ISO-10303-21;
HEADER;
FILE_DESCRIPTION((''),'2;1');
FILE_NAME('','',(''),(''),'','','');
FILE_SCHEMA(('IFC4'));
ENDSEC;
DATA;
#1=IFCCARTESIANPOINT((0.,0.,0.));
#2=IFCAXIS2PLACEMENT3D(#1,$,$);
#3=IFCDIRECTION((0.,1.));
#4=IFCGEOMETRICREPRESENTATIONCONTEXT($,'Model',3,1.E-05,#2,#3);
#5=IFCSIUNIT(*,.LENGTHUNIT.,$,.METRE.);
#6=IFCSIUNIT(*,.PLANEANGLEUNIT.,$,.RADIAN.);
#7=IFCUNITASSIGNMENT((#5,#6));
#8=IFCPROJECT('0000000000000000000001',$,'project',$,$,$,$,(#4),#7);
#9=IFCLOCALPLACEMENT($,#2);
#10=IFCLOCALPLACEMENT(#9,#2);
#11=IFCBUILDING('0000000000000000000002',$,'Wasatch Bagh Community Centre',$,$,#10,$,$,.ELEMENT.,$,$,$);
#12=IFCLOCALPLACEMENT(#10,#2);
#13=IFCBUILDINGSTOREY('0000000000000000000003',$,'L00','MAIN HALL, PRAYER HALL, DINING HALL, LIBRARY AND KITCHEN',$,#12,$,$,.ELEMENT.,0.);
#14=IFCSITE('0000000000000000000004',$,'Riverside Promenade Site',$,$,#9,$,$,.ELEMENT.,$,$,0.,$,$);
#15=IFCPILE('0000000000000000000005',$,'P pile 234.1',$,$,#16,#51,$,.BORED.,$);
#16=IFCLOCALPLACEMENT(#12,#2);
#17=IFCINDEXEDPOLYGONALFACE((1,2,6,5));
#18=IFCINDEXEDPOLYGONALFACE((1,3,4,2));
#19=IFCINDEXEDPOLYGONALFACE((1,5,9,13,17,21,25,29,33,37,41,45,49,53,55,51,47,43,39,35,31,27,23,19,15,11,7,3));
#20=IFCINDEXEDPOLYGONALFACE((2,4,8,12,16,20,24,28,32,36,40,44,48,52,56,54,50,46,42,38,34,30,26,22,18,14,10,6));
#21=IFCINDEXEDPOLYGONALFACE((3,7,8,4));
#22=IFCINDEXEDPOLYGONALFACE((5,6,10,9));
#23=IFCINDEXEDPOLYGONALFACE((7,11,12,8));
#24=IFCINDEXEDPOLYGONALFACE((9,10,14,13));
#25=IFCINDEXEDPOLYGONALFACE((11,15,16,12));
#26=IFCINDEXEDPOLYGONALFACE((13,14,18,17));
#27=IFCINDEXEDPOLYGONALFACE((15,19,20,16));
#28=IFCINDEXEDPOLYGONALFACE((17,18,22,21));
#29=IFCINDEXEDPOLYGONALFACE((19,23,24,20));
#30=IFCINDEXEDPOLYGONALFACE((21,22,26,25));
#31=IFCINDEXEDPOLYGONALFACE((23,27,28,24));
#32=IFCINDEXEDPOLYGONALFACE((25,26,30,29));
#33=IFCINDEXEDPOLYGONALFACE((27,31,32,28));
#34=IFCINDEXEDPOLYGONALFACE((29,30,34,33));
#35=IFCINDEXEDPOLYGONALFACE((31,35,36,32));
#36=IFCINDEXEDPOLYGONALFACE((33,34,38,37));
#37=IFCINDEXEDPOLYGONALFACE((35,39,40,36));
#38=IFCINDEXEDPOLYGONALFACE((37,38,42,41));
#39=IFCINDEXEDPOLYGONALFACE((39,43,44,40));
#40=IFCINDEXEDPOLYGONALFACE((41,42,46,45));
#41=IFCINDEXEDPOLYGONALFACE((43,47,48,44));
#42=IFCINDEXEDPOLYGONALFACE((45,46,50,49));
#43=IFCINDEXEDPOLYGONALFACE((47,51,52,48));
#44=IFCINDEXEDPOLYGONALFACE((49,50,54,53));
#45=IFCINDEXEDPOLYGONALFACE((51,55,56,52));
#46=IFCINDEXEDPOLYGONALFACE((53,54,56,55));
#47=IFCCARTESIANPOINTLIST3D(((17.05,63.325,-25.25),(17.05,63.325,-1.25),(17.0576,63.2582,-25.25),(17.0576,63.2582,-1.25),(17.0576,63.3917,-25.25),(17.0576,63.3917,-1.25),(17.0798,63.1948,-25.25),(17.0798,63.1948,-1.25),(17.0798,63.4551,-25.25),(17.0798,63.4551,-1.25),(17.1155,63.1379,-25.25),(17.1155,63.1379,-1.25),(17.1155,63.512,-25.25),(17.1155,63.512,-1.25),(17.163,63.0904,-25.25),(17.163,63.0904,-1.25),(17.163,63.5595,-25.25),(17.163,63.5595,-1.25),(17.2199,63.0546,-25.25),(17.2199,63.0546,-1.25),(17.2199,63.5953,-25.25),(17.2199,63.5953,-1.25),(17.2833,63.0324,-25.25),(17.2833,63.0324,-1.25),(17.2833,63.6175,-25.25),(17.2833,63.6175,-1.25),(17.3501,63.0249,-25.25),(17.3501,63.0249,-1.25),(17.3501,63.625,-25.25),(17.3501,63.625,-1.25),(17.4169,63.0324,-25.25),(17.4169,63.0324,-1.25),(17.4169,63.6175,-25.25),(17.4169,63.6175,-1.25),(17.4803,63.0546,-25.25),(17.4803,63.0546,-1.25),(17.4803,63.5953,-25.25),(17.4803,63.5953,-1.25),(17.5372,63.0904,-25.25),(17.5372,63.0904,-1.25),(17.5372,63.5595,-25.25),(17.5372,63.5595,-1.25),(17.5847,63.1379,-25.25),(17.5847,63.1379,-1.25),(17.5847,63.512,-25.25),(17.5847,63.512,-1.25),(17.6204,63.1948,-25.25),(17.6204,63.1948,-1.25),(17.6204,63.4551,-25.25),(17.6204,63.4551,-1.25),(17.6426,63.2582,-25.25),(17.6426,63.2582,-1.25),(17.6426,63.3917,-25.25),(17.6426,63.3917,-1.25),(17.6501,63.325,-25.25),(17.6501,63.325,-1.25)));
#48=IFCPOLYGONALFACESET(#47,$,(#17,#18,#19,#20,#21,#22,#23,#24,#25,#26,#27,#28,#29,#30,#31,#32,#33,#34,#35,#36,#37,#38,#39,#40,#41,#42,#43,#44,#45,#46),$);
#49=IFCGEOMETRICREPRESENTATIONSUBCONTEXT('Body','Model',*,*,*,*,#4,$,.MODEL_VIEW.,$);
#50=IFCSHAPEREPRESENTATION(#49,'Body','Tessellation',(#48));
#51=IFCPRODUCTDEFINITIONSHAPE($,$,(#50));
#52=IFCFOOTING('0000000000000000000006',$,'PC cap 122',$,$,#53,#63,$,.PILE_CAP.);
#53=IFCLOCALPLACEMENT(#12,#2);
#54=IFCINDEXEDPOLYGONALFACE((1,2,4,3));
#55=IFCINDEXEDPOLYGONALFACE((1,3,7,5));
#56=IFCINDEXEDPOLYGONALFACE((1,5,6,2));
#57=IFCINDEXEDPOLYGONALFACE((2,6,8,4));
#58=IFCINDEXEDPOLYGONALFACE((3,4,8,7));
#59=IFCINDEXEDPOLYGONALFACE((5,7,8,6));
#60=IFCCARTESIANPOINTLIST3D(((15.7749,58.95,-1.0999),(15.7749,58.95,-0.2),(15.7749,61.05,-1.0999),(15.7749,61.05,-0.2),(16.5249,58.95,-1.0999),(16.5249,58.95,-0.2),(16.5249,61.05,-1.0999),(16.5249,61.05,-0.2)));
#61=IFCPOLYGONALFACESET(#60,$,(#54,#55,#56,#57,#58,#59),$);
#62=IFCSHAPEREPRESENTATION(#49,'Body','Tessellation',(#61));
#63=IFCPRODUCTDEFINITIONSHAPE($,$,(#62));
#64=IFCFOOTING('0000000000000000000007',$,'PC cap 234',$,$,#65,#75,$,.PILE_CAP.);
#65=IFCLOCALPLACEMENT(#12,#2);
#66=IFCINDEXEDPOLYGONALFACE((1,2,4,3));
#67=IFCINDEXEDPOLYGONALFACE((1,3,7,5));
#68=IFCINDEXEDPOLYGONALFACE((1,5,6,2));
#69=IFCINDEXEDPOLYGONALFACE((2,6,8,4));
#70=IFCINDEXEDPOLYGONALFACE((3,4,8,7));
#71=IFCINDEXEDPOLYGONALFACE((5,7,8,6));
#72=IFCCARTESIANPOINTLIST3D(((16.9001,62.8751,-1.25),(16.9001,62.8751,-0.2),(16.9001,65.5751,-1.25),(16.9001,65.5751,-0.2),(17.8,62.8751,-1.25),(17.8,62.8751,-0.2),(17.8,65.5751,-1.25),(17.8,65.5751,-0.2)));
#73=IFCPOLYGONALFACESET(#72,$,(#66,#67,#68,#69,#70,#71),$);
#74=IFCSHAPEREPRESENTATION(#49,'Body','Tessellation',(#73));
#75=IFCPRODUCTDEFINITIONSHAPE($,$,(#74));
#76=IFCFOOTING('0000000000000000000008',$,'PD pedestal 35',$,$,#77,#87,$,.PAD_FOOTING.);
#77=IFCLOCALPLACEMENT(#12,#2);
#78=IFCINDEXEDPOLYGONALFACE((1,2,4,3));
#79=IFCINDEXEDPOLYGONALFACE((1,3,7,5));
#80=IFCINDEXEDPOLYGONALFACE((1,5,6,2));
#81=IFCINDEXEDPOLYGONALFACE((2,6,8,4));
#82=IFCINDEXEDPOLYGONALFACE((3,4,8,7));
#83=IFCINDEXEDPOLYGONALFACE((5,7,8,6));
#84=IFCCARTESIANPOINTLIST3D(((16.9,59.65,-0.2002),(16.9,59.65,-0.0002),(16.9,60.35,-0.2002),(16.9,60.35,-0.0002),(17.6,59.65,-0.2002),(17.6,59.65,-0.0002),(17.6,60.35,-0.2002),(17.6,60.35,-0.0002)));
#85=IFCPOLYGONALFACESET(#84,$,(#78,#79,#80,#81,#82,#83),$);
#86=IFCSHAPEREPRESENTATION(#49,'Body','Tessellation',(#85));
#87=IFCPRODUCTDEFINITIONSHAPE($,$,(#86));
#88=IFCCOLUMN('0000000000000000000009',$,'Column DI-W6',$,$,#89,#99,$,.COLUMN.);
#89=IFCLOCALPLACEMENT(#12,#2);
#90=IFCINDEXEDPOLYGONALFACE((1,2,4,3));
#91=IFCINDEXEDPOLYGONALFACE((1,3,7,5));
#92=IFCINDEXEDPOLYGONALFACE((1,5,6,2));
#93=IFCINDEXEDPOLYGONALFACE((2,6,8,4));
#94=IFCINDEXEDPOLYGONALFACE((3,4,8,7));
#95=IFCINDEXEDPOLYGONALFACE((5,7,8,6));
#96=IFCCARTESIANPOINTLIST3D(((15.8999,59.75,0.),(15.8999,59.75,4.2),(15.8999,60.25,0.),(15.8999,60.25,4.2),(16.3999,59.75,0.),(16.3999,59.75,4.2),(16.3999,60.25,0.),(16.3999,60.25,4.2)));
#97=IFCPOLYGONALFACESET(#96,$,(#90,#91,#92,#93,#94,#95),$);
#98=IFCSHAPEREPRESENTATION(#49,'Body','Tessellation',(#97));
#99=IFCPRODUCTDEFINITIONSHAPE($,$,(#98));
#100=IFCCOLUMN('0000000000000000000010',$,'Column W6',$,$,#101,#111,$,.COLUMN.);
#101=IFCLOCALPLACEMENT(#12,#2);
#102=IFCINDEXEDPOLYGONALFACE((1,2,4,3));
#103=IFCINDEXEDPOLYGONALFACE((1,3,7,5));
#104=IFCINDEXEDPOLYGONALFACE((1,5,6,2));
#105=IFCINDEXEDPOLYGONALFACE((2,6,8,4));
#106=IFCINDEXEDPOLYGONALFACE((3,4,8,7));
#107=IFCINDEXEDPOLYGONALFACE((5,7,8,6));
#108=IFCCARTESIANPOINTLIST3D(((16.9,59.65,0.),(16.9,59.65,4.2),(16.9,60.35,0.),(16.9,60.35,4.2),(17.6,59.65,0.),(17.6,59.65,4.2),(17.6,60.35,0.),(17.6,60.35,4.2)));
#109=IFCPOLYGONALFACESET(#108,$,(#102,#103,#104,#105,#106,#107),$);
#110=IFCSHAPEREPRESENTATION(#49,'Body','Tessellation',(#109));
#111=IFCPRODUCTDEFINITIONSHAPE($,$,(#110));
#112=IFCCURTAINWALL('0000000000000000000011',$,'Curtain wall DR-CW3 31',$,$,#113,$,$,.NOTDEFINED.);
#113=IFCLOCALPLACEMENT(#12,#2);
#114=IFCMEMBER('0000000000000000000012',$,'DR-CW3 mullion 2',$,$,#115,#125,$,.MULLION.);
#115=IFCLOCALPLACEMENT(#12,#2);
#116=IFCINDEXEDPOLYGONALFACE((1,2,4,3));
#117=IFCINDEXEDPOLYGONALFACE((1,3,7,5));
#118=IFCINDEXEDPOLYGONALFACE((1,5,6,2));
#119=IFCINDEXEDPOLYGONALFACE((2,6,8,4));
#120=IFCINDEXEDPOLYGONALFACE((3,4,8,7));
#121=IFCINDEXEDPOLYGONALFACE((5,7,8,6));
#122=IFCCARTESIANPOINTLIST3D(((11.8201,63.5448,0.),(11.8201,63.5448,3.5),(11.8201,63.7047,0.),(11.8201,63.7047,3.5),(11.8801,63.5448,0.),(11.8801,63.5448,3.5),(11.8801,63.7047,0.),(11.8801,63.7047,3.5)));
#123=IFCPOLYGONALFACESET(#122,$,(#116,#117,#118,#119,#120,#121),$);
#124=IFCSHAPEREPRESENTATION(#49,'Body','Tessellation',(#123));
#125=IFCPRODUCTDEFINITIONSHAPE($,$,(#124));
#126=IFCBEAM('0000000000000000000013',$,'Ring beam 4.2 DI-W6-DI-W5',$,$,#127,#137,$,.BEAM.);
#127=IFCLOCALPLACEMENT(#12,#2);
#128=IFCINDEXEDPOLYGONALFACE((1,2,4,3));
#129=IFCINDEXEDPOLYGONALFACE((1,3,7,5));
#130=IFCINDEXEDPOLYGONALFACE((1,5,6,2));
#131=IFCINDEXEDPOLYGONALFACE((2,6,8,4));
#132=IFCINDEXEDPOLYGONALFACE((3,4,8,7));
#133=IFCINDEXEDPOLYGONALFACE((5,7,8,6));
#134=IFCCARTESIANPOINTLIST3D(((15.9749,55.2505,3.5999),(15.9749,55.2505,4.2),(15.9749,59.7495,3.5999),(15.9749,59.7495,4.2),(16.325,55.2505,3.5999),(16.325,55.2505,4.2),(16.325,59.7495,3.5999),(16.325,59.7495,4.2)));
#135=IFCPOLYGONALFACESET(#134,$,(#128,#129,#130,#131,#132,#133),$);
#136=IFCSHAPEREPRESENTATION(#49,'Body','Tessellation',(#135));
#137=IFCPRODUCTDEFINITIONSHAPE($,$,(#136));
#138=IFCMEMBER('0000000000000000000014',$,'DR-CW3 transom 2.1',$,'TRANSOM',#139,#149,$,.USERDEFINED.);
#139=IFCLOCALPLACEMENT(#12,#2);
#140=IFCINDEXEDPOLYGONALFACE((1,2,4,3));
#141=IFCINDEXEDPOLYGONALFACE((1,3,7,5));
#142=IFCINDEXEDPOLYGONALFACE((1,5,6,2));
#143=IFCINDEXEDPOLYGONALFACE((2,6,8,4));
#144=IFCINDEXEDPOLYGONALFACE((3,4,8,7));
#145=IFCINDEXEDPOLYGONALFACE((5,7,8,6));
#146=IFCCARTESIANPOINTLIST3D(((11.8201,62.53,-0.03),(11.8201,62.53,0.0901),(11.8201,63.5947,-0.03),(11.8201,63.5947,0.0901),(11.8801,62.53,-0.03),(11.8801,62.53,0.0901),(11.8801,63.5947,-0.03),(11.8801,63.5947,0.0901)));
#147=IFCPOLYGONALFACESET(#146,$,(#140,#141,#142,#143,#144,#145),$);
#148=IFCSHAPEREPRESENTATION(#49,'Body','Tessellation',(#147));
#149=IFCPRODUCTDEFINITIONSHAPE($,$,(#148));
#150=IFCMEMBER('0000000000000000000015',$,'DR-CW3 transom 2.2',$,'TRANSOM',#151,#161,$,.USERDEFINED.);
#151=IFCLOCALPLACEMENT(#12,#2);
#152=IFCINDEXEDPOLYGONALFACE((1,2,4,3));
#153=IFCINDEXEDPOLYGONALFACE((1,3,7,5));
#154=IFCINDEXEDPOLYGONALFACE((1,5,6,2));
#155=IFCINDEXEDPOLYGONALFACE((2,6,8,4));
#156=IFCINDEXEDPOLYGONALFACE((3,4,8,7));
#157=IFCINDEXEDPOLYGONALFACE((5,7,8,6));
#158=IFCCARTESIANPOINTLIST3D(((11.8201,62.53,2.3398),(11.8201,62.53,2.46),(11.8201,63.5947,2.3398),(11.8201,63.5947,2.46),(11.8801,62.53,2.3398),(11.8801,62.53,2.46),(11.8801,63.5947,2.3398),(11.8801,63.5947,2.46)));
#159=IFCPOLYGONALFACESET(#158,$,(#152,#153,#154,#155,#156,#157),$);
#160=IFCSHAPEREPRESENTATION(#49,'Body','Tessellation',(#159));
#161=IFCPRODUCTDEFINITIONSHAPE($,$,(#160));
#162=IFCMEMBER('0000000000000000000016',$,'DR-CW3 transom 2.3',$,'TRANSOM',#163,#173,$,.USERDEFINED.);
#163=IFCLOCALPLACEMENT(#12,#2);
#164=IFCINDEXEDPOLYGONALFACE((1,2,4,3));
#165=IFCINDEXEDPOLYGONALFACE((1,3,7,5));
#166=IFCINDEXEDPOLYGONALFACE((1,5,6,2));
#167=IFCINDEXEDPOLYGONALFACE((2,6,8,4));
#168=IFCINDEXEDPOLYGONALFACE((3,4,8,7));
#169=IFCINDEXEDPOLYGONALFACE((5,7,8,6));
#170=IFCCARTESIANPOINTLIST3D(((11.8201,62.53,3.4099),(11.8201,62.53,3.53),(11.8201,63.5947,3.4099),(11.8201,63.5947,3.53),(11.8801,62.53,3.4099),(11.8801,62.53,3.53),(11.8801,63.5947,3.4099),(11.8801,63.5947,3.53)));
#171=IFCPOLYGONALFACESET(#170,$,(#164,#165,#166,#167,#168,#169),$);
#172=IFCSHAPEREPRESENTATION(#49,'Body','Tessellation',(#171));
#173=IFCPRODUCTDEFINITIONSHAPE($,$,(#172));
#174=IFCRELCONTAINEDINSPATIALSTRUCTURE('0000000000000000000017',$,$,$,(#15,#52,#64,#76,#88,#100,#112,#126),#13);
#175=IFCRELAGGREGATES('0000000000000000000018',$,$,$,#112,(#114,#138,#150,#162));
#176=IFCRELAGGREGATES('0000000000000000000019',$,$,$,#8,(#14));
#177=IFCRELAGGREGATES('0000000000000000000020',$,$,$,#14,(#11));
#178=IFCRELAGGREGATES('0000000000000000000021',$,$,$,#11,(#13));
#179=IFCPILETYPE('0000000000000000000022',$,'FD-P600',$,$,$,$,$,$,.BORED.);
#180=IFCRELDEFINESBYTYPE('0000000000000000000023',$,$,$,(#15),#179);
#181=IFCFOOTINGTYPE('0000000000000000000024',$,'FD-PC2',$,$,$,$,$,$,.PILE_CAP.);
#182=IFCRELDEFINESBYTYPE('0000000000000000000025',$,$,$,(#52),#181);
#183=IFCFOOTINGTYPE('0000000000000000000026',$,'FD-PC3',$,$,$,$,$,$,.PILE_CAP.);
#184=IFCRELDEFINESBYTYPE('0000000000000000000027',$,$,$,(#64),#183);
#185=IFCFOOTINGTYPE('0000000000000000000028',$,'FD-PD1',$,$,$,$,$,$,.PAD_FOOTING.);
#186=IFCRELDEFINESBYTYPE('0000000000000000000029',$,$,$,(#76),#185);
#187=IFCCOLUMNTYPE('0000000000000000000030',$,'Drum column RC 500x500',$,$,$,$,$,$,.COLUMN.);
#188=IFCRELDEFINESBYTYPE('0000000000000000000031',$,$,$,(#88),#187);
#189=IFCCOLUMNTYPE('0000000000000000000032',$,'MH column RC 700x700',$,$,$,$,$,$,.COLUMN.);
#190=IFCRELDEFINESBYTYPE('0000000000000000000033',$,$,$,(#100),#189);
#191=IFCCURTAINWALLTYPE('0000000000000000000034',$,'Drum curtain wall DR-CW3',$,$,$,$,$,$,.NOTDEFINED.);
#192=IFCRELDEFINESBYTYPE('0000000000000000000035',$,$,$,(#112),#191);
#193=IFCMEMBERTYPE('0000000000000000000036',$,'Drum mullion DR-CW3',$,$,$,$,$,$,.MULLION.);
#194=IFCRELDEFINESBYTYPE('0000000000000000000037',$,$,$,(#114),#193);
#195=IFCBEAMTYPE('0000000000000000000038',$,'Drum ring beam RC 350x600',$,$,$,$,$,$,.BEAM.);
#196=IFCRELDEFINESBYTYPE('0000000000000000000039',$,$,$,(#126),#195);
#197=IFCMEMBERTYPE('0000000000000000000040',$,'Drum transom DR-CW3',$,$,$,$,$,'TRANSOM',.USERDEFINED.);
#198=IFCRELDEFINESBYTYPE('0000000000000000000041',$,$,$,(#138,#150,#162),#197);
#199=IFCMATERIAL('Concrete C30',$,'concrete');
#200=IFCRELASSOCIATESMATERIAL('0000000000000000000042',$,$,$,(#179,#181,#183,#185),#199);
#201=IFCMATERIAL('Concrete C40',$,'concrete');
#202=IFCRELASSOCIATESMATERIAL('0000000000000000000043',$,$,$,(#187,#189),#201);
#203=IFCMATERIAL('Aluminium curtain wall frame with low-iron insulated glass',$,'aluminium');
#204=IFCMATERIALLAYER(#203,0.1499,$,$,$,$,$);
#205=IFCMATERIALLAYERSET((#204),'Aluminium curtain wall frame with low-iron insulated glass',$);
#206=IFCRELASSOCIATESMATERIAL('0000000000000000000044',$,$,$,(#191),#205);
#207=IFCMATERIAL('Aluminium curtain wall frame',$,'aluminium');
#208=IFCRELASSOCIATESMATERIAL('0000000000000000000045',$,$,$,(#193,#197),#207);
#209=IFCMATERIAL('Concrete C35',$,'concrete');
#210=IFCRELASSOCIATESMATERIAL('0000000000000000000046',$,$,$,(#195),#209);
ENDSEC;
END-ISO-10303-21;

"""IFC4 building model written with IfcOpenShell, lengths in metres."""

from ifc_helpers import new_model, si_unit, direction, frame, origin, origin_2d, place, context, subcontext, project, spatial, rectangle, circle, extrude, material, layer, layer_set, material_profile, profile_set, type_object, element, aggregate, save


model = new_model("IFC4")

# Units and contexts
model_context = context("Model", 3, precision=1e-05, world=origin(), true_north=direction((0.0, 1.0)))
body_context = subcontext(model_context, "Body", "Model", "MODEL_VIEW")
ifc_project = project(units=[si_unit("LENGTHUNIT", "METRE"), si_unit("PLANEANGLEUNIT", "RADIAN")], contexts=[model_context])

# Site, building, storey
site_placement = place(None, origin())
site = spatial("IfcSite", under=ifc_project, at=site_placement, Name="Riverside Promenade Site", CompositionType="ELEMENT", RefElevation=0.0)
building_placement = place(site_placement, origin())
building = spatial("IfcBuilding", under=site, at=building_placement, Name="Wasatch Bagh Community Centre", CompositionType="ELEMENT")
storey_placement = place(building_placement, origin())
storey = spatial("IfcBuildingStorey", under=building, at=storey_placement, Name="L00", Description="MAIN HALL, PRAYER HALL, DINING HALL, LIBRARY AND KITCHEN", CompositionType="ELEMENT", Elevation=0.0)

# Shared definitions
ifc_material_1 = material(Name="Concrete C35", Category="concrete")

# Pile
ifc_material_2 = material(Name="Concrete C30", Category="concrete")
ifc_material_profile_1 = material_profile(ifc_material_2, circle(Radius=0.3, at=origin_2d()), Name="RC D600")
ifc_profile_set_1 = profile_set([ifc_material_profile_1], Name="Concrete C30")
pile_type_1 = type_object("IfcPileType", Name="FD-P600", PredefinedType="BORED", material=ifc_profile_set_1)
for number, where, z_axis, x_axis, name in (
    (1, (17.3501, 63.325, -1.25), (0.0, 0.0, -1.0), (1.0, 0.0, 0.0), "P pile 234.1"),
):
    element("IfcPile", number, at=place(storey_placement, frame(where, z_axis=z_axis, x_axis=x_axis)), inside=storey, type_object=pile_type_1, Name=name, PredefinedType="BORED", context=body_context, shape_type="SweptSolid", body=[
        extrude(circle(Radius=0.3, at=origin_2d()), origin(), (0.0, 0.0, 1.0), 24.0),
    ])

# Footings
footing_type_1 = type_object("IfcFootingType", Name="FD-PC2", PredefinedType="PILE_CAP", material=ifc_material_2)
footing_1_placement = place(storey_placement, frame((16.1499, 60.0, -1.0999), z_axis=(0.0, 0.0, 1.0), x_axis=(0.0, 1.0, 0.0)))
element("IfcFooting", 2, at=footing_1_placement, inside=storey, type_object=footing_type_1, Name="PC cap 122", PredefinedType="PILE_CAP", context=body_context, shape_type="SweptSolid", body=[
    extrude(rectangle(XDim=2.1001, YDim=0.75, at=origin_2d()), origin(), (0.0, 0.0, 1.0), 0.8999),
])
footing_type_2 = type_object("IfcFootingType", Name="FD-PC3", PredefinedType="PILE_CAP", material=ifc_material_2)
footing_2_placement = place(storey_placement, frame((17.3501, 64.2251, -1.25), z_axis=(0.0, 0.0, 1.0), x_axis=(0.0, 1.0, 0.0)))
element("IfcFooting", 3, at=footing_2_placement, inside=storey, type_object=footing_type_2, Name="PC cap 234", PredefinedType="PILE_CAP", context=body_context, shape_type="SweptSolid", body=[
    extrude(rectangle(XDim=2.7, YDim=0.8999, at=origin_2d()), origin(), (0.0, 0.0, 1.0), 1.05),
])
footing_type_3 = type_object("IfcFootingType", Name="FD-PD1", PredefinedType="PAD_FOOTING", material=ifc_material_2)
footing_3_placement = place(storey_placement, frame((17.25, 60.0, -0.2002), z_axis=(0.0, 0.0, 1.0), x_axis=(1.0, 0.0, 0.0)))
element("IfcFooting", 4, at=footing_3_placement, inside=storey, type_object=footing_type_3, Name="PD pedestal 35", PredefinedType="PAD_FOOTING", context=body_context, shape_type="SweptSolid", body=[
    extrude(rectangle(XDim=0.7, YDim=0.7, at=origin_2d()), origin(), (0.0, 0.0, 1.0), 0.2),
])

# Columns
ifc_material_3 = material(Name="Concrete C40", Category="concrete")
ifc_material_profile_2 = material_profile(ifc_material_3, rectangle(XDim=0.5, YDim=0.5, at=origin_2d()), Name="RC 500x500")
ifc_profile_set_2 = profile_set([ifc_material_profile_2], Name="Concrete C40")
column_type_1 = type_object("IfcColumnType", Name="Drum column RC 500x500", PredefinedType="COLUMN", material=ifc_profile_set_2)
column_1_placement = place(storey_placement, frame((16.1499, 60.0, 0.0), z_axis=(0.0, 0.0, 1.0), x_axis=(1.0, 0.0, 0.0)))
element("IfcColumn", 5, at=column_1_placement, inside=storey, type_object=column_type_1, Name="Column DI-W6", PredefinedType="COLUMN", context=body_context, shape_type="SweptSolid", body=[
    extrude(rectangle(XDim=0.5, YDim=0.5, at=origin_2d()), origin(), (0.0, 0.0, 1.0), 4.2),
])
ifc_material_profile_3 = material_profile(ifc_material_3, rectangle(XDim=0.7, YDim=0.7, at=origin_2d()), Name="RC 700x700")
ifc_profile_set_3 = profile_set([ifc_material_profile_3], Name="Concrete C40")
column_type_2 = type_object("IfcColumnType", Name="MH column RC 700x700", PredefinedType="COLUMN", material=ifc_profile_set_3)
column_2_placement = place(storey_placement, frame((17.25, 60.0, 0.0), z_axis=(0.0, 0.0, 1.0), x_axis=(1.0, 0.0, 0.0)))
element("IfcColumn", 6, at=column_2_placement, inside=storey, type_object=column_type_2, Name="Column W6", PredefinedType="COLUMN", context=body_context, shape_type="SweptSolid", body=[
    extrude(rectangle(XDim=0.7, YDim=0.7, at=origin_2d()), origin(), (0.0, 0.0, 1.0), 4.2),
])

# Curtain wall, member
ifc_material_4 = material(Name="Aluminium curtain wall frame with low-iron insulated glass", Category="aluminium")
ifc_layer_1 = layer(ifc_material_4, 0.1499)
ifc_layer_set_1 = layer_set([ifc_layer_1], Name="Aluminium curtain wall frame with low-iron insulated glass")
curtain_wall_type = type_object("IfcCurtainWallType", Name="Drum curtain wall DR-CW3", PredefinedType="NOTDEFINED", material=ifc_layer_set_1)
curtain_wall_placement = place(storey_placement, origin())
curtain_wall = element("IfcCurtainWall", 7, at=curtain_wall_placement, inside=storey, type_object=curtain_wall_type, Name="Curtain wall DR-CW3 31", PredefinedType="NOTDEFINED")
ifc_material_5 = material(Name="Aluminium curtain wall frame", Category="aluminium")
ifc_material_profile_4 = material_profile(ifc_material_5, rectangle(XDim=0.0601, YDim=0.1599, at=origin_2d()), Name="Drum mullion DR-CW3")
ifc_profile_set_4 = profile_set([ifc_material_profile_4], Name="Aluminium curtain wall frame")
member_type_1 = type_object("IfcMemberType", Name="Drum mullion DR-CW3", PredefinedType="MULLION", material=ifc_profile_set_4)
member_1_placement = place(storey_placement, frame((11.8501, 63.6248, 0.0), z_axis=(0.0, 0.0, 1.0), x_axis=(1.0, 0.0, 0.0)))
member_1 = element("IfcMember", 8, at=member_1_placement, type_object=member_type_1, Name="DR-CW3 mullion 2", PredefinedType="MULLION", context=body_context, shape_type="SweptSolid", body=[
    extrude(rectangle(XDim=0.0601, YDim=0.1599, at=origin_2d()), origin(), (0.0, 0.0, 1.0), 3.5),
])

# Beam
ifc_material_profile_5 = material_profile(ifc_material_1, rectangle(XDim=0.3501, YDim=0.6001, at=origin_2d()), Name="RC 350x600")
ifc_profile_set_5 = profile_set([ifc_material_profile_5], Name="Concrete C35")
beam_type = type_object("IfcBeamType", Name="Drum ring beam RC 350x600", PredefinedType="BEAM", material=ifc_profile_set_5)
beam_placement = place(storey_placement, frame((16.1499, 59.7495, 3.8999), z_axis=(0.0, -1.0, 0.0), x_axis=(1.0, 0.0, 0.0)))
element("IfcBeam", 9, at=beam_placement, inside=storey, type_object=beam_type, Name="Ring beam 4.2 DI-W6-DI-W5", PredefinedType="BEAM", context=body_context, shape_type="SweptSolid", body=[
    extrude(rectangle(XDim=0.3501, YDim=0.6001, at=origin_2d()), origin(), (0.0, 0.0, 1.0), 4.499),
])

# Members
ifc_material_profile_6 = material_profile(ifc_material_5, rectangle(XDim=0.0601, YDim=0.1201, at=origin_2d()), Name="Drum transom DR-CW3")
ifc_profile_set_6 = profile_set([ifc_material_profile_6], Name="Aluminium curtain wall frame")
member_type_2 = type_object("IfcMemberType", Name="Drum transom DR-CW3", ElementType="TRANSOM", PredefinedType="USERDEFINED", material=ifc_profile_set_6)
member_2_placement = place(storey_placement, frame((11.8501, 63.5947, 0.03), z_axis=(0.0, -1.0, 0.0), x_axis=(1.0, 0.0, 0.0)))
member_2 = element("IfcMember", 10, at=member_2_placement, type_object=member_type_2, Name="DR-CW3 transom 2.1", ObjectType="TRANSOM", PredefinedType="USERDEFINED", context=body_context, shape_type="SweptSolid", body=[
    extrude(rectangle(XDim=0.0601, YDim=0.1201, at=origin_2d()), origin(), (0.0, 0.0, 1.0), 1.0647),
])
member_3_placement = place(storey_placement, frame((11.8501, 63.5947, 2.3999), z_axis=(0.0, -1.0, 0.0), x_axis=(1.0, 0.0, 0.0)))
member_3 = element("IfcMember", 11, at=member_3_placement, type_object=member_type_2, Name="DR-CW3 transom 2.2", ObjectType="TRANSOM", PredefinedType="USERDEFINED", context=body_context, shape_type="SweptSolid", body=[
    extrude(rectangle(XDim=0.0601, YDim=0.1201, at=origin_2d()), origin(), (0.0, 0.0, 1.0), 1.0647),
])
member_4_placement = place(storey_placement, frame((11.8501, 63.5947, 3.47), z_axis=(0.0, -1.0, 0.0), x_axis=(1.0, 0.0, 0.0)))
member_4 = element("IfcMember", 12, at=member_4_placement, type_object=member_type_2, Name="DR-CW3 transom 2.3", ObjectType="TRANSOM", PredefinedType="USERDEFINED", context=body_context, shape_type="SweptSolid", body=[
    extrude(rectangle(XDim=0.0601, YDim=0.1201, at=origin_2d()), origin(), (0.0, 0.0, 1.0), 1.0647),
])

aggregate(curtain_wall, [member_1, member_2, member_3, member_4])

save(model, "model.ifc")
